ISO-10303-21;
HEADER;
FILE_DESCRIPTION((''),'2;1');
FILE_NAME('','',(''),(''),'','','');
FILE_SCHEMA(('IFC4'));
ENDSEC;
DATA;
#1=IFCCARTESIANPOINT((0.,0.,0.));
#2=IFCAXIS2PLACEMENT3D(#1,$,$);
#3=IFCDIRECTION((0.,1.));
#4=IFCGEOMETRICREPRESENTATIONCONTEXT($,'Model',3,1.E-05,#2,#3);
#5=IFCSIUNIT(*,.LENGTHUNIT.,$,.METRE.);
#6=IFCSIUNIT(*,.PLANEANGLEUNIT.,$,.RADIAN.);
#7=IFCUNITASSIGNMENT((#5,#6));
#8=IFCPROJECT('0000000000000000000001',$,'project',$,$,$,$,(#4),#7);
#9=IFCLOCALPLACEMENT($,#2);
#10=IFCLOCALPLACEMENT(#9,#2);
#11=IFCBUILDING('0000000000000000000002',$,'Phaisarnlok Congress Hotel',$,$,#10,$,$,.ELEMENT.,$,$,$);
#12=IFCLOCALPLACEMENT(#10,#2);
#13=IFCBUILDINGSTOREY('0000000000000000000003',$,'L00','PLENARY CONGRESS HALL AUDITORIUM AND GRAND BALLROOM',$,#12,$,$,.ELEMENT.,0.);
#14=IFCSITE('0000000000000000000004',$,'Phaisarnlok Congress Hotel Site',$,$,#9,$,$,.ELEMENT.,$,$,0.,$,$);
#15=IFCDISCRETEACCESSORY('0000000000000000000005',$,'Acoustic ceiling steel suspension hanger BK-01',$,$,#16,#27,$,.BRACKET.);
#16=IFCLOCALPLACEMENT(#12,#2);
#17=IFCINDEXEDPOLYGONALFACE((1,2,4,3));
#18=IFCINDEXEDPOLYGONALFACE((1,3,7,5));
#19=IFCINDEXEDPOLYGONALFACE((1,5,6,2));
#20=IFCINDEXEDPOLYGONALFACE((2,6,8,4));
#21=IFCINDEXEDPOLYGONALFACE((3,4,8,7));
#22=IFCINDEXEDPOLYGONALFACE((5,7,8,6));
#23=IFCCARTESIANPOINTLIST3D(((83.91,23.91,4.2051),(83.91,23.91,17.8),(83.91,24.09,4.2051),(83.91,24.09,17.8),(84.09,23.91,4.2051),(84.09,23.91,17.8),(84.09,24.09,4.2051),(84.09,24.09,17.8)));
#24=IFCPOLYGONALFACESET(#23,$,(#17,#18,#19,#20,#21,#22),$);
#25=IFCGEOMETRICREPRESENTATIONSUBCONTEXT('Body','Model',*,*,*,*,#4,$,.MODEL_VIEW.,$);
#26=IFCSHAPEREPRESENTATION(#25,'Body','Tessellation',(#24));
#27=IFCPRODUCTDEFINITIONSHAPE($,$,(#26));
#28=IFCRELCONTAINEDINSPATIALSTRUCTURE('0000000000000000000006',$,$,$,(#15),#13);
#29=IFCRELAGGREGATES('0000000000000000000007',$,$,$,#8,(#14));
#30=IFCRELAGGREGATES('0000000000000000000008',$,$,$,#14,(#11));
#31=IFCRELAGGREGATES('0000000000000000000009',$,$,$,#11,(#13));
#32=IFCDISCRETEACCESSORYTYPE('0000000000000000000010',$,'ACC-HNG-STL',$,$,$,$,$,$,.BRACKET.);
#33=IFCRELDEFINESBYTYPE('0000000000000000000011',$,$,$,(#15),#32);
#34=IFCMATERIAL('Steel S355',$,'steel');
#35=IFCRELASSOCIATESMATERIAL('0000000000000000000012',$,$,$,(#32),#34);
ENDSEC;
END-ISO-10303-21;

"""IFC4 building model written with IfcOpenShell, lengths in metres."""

from ifc_helpers import new_model, si_unit, direction, frame, origin, origin_2d, place, context, subcontext, project, spatial, rectangle, extrude, material, type_object, element, save


model = new_model("IFC4")

# Units and contexts
model_context = context("Model", 3, precision=1e-05, world=origin(), true_north=direction((0.0, 1.0)))
body_context = subcontext(model_context, "Body", "Model", "MODEL_VIEW")
ifc_project = project(units=[si_unit("LENGTHUNIT", "METRE"), si_unit("PLANEANGLEUNIT", "RADIAN")], contexts=[model_context])

# Site, building, storey
site_placement = place(None, origin())
site = spatial("IfcSite", under=ifc_project, at=site_placement, Name="Phaisarnlok Congress Hotel Site", CompositionType="ELEMENT", RefElevation=0.0)
building_placement = place(site_placement, origin())
building = spatial("IfcBuilding", under=site, at=building_placement, Name="Phaisarnlok Congress Hotel", CompositionType="ELEMENT")
storey_placement = place(building_placement, origin())
storey = spatial("IfcBuildingStorey", under=building, at=storey_placement, Name="L00", Description="PLENARY CONGRESS HALL AUDITORIUM AND GRAND BALLROOM", CompositionType="ELEMENT", Elevation=0.0)

# Shared definitions
ifc_material_1 = material(Name="Steel S355", Category="steel")

# Discrete accessory
discrete_accessory_type = type_object("IfcDiscreteAccessoryType", Name="ACC-HNG-STL", PredefinedType="BRACKET", material=ifc_material_1)
discrete_accessory_placement = place(storey_placement, frame((84.0, 24.0, 4.2051), z_axis=(0.0, 0.0, 1.0), x_axis=(1.0, 0.0, 0.0)))
element("IfcDiscreteAccessory", 1, at=discrete_accessory_placement, inside=storey, type_object=discrete_accessory_type, Name="Acoustic ceiling steel suspension hanger BK-01", PredefinedType="BRACKET", context=body_context, shape_type="SweptSolid", body=[
    extrude(rectangle(XDim=0.1799, YDim=0.1799, at=origin_2d()), origin(), (0.0, 0.0, 1.0), 13.595),
])

save(model, "model.ifc")
